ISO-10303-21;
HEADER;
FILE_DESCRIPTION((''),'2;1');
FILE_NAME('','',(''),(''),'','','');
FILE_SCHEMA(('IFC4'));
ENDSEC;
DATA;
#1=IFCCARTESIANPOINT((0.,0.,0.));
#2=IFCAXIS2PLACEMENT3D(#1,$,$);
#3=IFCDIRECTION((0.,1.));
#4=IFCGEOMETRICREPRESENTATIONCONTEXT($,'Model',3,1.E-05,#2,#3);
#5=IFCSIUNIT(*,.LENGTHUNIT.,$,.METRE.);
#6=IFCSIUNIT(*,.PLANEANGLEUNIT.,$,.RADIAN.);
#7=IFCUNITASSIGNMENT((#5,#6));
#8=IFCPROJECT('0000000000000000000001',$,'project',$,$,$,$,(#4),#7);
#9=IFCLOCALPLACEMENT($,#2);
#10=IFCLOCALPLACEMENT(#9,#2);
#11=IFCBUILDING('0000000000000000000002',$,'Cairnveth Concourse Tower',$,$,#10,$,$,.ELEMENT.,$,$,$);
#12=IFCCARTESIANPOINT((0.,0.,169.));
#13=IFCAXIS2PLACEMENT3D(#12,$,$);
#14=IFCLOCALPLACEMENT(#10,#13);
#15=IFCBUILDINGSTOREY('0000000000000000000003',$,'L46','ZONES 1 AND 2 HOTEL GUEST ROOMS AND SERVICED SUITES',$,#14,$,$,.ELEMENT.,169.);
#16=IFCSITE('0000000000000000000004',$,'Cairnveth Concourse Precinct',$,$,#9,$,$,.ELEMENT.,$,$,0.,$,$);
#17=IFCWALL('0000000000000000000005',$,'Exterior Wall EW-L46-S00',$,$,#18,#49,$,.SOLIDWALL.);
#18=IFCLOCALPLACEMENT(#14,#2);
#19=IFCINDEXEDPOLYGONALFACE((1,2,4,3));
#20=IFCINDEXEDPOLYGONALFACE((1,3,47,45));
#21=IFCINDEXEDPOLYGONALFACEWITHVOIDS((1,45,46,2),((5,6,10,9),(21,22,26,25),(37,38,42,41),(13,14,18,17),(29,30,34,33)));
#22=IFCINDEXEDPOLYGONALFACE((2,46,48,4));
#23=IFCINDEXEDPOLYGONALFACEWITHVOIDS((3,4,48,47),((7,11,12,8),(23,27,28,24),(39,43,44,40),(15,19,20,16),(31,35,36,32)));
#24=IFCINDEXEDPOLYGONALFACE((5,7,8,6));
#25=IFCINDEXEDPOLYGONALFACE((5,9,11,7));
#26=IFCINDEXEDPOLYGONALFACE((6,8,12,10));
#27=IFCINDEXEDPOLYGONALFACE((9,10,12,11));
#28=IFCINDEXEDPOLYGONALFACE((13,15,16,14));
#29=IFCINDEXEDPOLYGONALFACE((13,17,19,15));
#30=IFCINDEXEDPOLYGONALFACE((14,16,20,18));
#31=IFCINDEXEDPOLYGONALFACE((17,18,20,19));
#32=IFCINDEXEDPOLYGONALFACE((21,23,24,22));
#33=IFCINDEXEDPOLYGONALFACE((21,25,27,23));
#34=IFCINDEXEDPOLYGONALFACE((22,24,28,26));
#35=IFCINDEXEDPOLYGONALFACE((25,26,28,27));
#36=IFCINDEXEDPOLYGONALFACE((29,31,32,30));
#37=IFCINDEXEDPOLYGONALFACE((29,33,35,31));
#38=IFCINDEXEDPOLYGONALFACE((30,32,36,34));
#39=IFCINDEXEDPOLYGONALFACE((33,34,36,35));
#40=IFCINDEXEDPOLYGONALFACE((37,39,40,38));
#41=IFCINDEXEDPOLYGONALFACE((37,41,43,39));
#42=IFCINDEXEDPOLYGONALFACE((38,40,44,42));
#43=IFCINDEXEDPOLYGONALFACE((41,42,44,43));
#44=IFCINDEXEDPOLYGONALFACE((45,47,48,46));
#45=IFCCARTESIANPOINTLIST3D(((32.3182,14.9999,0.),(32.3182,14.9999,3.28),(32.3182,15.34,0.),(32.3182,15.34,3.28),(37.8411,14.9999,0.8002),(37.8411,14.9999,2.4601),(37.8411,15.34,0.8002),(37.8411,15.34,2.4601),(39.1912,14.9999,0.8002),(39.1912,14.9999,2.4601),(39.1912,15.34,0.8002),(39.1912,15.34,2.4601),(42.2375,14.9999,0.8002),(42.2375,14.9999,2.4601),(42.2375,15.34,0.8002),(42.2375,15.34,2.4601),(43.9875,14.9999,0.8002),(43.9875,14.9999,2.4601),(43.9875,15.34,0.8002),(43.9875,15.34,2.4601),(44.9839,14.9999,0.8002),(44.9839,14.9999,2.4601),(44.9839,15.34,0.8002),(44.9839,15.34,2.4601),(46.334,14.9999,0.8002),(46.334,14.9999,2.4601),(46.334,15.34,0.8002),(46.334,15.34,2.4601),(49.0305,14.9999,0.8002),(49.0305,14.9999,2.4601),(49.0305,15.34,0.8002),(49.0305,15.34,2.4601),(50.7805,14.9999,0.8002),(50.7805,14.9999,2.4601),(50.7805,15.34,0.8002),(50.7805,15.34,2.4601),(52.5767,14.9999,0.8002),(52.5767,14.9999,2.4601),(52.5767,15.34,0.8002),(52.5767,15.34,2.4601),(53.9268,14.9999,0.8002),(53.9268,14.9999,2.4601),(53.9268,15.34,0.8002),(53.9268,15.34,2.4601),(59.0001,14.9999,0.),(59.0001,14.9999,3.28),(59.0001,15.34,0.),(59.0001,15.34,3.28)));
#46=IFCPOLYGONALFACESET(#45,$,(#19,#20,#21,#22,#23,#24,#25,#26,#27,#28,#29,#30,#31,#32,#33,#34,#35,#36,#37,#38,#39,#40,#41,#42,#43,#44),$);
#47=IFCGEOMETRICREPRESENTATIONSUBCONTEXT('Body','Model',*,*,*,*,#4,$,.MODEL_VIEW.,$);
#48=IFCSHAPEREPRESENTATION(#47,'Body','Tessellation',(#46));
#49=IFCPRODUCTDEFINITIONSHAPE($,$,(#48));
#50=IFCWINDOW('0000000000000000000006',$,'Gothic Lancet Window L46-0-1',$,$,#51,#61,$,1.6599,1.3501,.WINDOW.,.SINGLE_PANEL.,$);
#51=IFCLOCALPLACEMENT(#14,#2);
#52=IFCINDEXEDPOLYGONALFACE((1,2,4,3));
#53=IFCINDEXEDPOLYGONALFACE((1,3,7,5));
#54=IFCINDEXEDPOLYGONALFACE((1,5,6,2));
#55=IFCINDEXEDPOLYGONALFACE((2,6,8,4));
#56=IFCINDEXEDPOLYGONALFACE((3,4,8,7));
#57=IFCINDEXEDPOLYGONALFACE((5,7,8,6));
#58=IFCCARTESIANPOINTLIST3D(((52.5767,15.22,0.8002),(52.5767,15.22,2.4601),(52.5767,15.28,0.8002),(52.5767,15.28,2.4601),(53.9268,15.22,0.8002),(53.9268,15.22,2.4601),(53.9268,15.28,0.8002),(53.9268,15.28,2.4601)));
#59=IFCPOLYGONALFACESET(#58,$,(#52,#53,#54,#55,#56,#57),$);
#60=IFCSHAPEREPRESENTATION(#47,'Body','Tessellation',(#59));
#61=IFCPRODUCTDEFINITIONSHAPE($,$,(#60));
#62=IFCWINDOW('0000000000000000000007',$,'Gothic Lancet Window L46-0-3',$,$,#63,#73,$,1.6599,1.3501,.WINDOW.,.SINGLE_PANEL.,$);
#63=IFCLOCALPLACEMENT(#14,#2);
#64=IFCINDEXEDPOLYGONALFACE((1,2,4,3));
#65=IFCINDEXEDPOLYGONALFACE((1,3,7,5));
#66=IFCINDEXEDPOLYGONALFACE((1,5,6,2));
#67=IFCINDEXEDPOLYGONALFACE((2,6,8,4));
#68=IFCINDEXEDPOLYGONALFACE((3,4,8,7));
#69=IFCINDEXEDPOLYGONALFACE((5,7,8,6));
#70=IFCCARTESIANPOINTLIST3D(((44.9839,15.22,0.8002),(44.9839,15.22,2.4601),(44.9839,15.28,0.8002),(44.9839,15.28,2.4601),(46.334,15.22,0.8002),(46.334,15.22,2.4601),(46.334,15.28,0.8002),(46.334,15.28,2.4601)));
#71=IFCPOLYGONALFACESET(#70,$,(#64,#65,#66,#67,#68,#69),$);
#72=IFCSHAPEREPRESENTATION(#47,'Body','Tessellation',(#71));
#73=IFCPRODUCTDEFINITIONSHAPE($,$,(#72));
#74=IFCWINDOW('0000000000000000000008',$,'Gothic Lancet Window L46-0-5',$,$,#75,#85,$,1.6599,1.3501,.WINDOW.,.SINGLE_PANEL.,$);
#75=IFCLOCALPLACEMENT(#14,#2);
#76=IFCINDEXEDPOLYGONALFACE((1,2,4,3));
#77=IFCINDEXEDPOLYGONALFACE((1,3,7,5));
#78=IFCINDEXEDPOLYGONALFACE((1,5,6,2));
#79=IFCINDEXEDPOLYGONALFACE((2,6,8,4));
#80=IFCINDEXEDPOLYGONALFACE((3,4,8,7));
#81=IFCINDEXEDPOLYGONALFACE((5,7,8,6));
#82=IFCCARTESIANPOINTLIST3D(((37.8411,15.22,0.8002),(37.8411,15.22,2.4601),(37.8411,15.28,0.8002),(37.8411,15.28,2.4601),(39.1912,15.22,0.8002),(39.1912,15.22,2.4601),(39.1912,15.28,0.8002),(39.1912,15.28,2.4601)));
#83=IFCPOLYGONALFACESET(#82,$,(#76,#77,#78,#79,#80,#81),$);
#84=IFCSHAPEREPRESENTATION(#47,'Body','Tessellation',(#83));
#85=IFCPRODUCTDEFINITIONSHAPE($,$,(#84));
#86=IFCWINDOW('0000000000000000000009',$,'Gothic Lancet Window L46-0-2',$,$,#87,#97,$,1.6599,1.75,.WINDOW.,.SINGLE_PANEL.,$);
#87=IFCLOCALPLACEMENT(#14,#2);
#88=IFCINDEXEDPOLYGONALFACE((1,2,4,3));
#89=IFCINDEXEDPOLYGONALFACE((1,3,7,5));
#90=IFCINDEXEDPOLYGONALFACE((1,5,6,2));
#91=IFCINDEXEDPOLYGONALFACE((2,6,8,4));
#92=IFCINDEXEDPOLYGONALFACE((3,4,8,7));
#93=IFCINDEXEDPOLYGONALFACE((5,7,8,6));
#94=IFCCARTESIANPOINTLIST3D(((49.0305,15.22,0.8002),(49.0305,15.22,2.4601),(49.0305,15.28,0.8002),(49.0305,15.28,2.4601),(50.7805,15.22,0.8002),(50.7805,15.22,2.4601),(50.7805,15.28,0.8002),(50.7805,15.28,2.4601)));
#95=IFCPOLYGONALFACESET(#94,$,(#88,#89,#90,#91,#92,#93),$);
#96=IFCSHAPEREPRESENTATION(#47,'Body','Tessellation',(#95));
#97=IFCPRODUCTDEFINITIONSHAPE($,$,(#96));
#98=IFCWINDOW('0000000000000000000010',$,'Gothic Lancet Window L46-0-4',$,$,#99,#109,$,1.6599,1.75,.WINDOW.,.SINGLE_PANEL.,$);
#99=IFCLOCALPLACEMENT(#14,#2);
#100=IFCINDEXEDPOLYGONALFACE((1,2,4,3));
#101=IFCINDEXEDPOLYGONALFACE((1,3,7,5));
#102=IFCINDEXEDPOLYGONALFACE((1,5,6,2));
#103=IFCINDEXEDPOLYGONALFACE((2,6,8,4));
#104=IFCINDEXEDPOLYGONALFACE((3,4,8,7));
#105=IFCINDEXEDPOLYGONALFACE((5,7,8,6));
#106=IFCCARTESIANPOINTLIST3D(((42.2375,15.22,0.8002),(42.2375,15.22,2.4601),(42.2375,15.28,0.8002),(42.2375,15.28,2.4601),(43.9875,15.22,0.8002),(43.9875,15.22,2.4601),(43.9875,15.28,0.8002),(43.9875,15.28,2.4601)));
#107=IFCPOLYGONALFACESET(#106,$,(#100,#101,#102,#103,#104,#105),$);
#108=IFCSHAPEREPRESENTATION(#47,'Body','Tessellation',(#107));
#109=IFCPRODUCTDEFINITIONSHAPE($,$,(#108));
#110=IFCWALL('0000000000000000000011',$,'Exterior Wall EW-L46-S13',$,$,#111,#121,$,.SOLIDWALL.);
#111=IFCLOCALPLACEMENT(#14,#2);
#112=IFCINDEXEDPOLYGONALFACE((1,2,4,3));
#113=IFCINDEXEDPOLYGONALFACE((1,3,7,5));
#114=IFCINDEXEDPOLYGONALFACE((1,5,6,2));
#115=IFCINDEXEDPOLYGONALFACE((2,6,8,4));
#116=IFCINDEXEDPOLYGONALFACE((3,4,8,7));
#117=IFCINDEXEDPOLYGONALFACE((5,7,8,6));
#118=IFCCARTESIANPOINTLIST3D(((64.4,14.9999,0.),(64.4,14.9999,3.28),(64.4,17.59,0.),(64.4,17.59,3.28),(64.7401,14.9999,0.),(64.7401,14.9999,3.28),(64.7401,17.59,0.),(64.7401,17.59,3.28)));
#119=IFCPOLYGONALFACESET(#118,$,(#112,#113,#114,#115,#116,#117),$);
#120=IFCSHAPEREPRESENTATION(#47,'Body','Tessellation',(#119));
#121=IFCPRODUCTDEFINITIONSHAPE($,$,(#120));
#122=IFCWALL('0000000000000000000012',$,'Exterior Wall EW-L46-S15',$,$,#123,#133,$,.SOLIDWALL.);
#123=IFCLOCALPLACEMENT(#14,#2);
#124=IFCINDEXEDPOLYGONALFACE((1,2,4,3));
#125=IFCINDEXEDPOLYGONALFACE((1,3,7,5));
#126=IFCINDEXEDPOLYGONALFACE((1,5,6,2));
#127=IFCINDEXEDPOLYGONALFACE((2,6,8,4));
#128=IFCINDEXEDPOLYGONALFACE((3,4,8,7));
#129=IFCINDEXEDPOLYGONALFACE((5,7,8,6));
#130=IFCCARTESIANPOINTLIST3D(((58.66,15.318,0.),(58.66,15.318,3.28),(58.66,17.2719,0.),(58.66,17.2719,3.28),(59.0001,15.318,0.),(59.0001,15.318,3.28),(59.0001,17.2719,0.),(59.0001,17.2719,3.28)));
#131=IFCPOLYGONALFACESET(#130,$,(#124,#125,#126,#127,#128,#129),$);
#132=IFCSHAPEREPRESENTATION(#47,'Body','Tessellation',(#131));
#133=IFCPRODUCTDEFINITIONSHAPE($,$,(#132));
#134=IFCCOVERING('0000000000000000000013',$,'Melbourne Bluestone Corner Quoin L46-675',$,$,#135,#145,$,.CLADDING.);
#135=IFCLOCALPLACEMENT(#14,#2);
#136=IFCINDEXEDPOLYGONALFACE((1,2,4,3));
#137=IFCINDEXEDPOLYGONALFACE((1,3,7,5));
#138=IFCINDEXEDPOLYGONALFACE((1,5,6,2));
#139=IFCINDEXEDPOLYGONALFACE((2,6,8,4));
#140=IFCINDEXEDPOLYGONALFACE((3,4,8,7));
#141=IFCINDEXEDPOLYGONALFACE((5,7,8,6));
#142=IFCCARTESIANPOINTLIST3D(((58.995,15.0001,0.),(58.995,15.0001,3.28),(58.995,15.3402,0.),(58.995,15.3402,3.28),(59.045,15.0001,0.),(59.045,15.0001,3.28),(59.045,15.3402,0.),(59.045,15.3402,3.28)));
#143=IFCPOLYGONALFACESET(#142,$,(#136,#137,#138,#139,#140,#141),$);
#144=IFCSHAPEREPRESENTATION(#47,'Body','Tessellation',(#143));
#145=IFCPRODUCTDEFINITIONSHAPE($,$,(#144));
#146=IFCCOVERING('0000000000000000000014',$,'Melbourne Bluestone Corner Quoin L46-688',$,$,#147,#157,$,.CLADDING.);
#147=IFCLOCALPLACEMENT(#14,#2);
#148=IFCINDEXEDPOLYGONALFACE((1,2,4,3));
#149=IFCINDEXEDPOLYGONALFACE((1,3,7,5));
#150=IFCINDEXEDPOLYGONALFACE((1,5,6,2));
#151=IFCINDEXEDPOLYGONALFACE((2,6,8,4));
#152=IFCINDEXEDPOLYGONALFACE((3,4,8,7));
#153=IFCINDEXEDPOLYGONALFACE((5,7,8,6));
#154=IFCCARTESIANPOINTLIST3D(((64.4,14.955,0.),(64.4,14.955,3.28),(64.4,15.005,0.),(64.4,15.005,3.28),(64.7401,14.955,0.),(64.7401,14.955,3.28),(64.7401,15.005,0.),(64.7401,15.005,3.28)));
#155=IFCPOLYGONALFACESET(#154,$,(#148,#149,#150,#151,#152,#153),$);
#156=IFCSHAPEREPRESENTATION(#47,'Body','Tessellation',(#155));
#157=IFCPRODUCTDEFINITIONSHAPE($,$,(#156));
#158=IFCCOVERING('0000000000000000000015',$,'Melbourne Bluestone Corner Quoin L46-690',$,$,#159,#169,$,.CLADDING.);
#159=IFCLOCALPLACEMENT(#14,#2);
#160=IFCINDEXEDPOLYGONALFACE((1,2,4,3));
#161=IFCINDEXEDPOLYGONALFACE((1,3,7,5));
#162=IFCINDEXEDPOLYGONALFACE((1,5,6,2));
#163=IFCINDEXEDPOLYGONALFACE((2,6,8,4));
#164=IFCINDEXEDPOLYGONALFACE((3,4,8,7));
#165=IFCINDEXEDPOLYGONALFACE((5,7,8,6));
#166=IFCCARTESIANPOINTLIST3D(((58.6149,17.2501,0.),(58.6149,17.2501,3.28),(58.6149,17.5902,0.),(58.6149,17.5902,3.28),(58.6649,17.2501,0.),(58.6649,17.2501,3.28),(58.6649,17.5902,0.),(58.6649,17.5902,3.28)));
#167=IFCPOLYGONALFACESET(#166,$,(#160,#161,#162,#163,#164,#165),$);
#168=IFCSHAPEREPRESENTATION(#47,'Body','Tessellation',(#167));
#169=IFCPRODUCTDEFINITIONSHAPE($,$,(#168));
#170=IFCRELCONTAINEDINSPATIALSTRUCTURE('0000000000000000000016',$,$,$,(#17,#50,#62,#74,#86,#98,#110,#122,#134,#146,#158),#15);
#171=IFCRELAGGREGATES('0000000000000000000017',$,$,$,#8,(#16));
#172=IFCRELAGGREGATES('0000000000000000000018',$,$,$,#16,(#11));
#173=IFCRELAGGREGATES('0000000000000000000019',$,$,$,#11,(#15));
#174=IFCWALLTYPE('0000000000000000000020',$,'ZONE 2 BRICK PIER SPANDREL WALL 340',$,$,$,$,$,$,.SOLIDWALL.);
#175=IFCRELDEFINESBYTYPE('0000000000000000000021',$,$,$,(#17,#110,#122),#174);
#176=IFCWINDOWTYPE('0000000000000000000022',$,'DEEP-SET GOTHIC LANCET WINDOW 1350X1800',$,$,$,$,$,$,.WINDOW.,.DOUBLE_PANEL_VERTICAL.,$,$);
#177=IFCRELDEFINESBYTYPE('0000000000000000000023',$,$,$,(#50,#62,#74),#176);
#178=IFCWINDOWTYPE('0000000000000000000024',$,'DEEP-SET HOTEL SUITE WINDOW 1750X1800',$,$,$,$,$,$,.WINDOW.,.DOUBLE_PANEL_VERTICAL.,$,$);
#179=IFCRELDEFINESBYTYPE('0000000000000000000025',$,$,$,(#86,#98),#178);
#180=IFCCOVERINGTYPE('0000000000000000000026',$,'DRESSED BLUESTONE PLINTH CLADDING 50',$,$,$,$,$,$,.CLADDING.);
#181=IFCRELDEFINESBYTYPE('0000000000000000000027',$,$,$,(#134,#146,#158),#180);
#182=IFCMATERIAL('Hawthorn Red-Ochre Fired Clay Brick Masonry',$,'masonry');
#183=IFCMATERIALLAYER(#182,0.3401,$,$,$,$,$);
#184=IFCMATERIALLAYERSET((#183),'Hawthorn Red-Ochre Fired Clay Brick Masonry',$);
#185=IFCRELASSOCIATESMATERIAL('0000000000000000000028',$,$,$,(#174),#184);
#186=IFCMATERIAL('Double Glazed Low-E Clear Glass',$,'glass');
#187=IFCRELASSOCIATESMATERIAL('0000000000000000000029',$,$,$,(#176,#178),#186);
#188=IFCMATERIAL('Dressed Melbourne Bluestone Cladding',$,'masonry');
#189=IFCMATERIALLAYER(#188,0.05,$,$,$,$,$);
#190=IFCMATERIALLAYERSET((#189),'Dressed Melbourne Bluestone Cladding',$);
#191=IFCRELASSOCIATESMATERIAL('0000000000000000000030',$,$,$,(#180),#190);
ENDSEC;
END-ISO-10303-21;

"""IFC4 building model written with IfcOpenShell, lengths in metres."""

from ifc_helpers import new_model, si_unit, direction, frame, frame_2d, origin, place, context, subcontext, project, spatial, rectangle, extrude, material, layer, layer_set, type_object, element, fill, save


model = new_model("IFC4")

# Units and contexts
model_context = context("Model", 3, precision=1e-05, world=origin(), true_north=direction((0.0, 1.0)))
body_context = subcontext(model_context, "Body", "Model", "MODEL_VIEW")
ifc_project = project(units=[si_unit("LENGTHUNIT", "METRE"), si_unit("PLANEANGLEUNIT", "RADIAN")], contexts=[model_context])

# Site, building, storey
site_placement = place(None, origin())
site = spatial("IfcSite", under=ifc_project, at=site_placement, Name="Cairnveth Concourse Precinct", CompositionType="ELEMENT", RefElevation=0.0)
building_placement = place(site_placement, origin())
building = spatial("IfcBuilding", under=site, at=building_placement, Name="Cairnveth Concourse Tower", CompositionType="ELEMENT")
storey_placement = place(building_placement, frame((0.0, 0.0, 169.0)))
storey = spatial("IfcBuildingStorey", under=building, at=storey_placement, Name="L46", Description="ZONES 1 AND 2 HOTEL GUEST ROOMS AND SERVICED SUITES", CompositionType="ELEMENT", Elevation=169.0)

# Shared definitions
ifc_material_1 = material(Name="Dressed Melbourne Bluestone Cladding", Category="masonry")

# Wall, openings, windows
ifc_material_2 = material(Name="Hawthorn Red-Ochre Fired Clay Brick Masonry", Category="masonry")
ifc_layer_1 = layer(ifc_material_2, 0.3401)
ifc_layer_set_1 = layer_set([ifc_layer_1], Name="Hawthorn Red-Ochre Fired Clay Brick Masonry")
wall_type_1 = type_object("IfcWallType", Name="ZONE 2 BRICK PIER SPANDREL WALL 340", PredefinedType="SOLIDWALL", material=ifc_layer_set_1)
wall_1_placement = place(storey_placement, frame((59.0, 15.1699, 0.0), z_axis=(0.0, 0.0, 1.0), x_axis=(-1.0, 0.0, 0.0)))
wall_1 = element("IfcWall", 1, at=wall_1_placement, inside=storey, type_object=wall_type_1, Name="Exterior Wall EW-L46-S00", PredefinedType="SOLIDWALL", context=body_context, shape_type="SweptSolid", body=[
    extrude(rectangle(XDim=26.6819, YDim=0.3401, at=frame_2d((13.3408, 0.0))), origin(), (0.0, 0.0, 1.0), 3.28),
])
opening_1_placement = place(wall_1_placement, frame((5.0732, 0.0, 0.8)))
opening_1 = element("IfcOpeningElement", 2, at=opening_1_placement, cuts=wall_1, PredefinedType="OPENING", context=body_context, shape_type="SweptSolid", body=[
    extrude(rectangle(XDim=1.3501, YDim=1.6599, at=frame_2d((0.675, 0.8301))), frame((0.0, 0.1799, 0.0), z_axis=(0.0, -1.0, 0.0), x_axis=(1.0, 0.0, 0.0)), (0.0, 0.0, 1.0), 0.3601),
])
opening_2_placement = place(wall_1_placement, frame((8.2195, 0.0, 0.8)))
opening_2 = element("IfcOpeningElement", 3, at=opening_2_placement, cuts=wall_1, PredefinedType="OPENING", context=body_context, shape_type="SweptSolid", body=[
    extrude(rectangle(XDim=1.75, YDim=1.6599, at=frame_2d((0.875, 0.8301))), frame((0.0, 0.1799, 0.0), z_axis=(0.0, -1.0, 0.0), x_axis=(1.0, 0.0, 0.0)), (0.0, 0.0, 1.0), 0.3601),
])
opening_3_placement = place(wall_1_placement, frame((12.666, 0.0, 0.8)))
opening_3 = element("IfcOpeningElement", 4, at=opening_3_placement, cuts=wall_1, PredefinedType="OPENING", context=body_context, shape_type="SweptSolid", body=[
    extrude(rectangle(XDim=1.3501, YDim=1.6599, at=frame_2d((0.675, 0.8301))), frame((0.0, 0.1799, 0.0), z_axis=(0.0, -1.0, 0.0), x_axis=(1.0, 0.0, 0.0)), (0.0, 0.0, 1.0), 0.3601),
])
opening_4_placement = place(wall_1_placement, frame((15.0125, 0.0, 0.8)))
opening_4 = element("IfcOpeningElement", 5, at=opening_4_placement, cuts=wall_1, PredefinedType="OPENING", context=body_context, shape_type="SweptSolid", body=[
    extrude(rectangle(XDim=1.75, YDim=1.6599, at=frame_2d((0.875, 0.8301))), frame((0.0, 0.1799, 0.0), z_axis=(0.0, -1.0, 0.0), x_axis=(1.0, 0.0, 0.0)), (0.0, 0.0, 1.0), 0.3601),
])
opening_5_placement = place(wall_1_placement, frame((19.8088, 0.0, 0.8)))
opening_5 = element("IfcOpeningElement", 6, at=opening_5_placement, cuts=wall_1, PredefinedType="OPENING", context=body_context, shape_type="SweptSolid", body=[
    extrude(rectangle(XDim=1.3501, YDim=1.6599, at=frame_2d((0.675, 0.8301))), frame((0.0, 0.1799, 0.0), z_axis=(0.0, -1.0, 0.0), x_axis=(1.0, 0.0, 0.0)), (0.0, 0.0, 1.0), 0.3601),
])
ifc_material_3 = material(Name="Double Glazed Low-E Clear Glass", Category="glass")
window_type_1 = type_object("IfcWindowType", Name="DEEP-SET GOTHIC LANCET WINDOW 1350X1800", PartitioningType="DOUBLE_PANEL_VERTICAL", PredefinedType="WINDOW", material=ifc_material_3)
window_1_placement = place(opening_1_placement, origin())
window_1 = element("IfcWindow", 7, at=window_1_placement, inside=storey, type_object=window_type_1, Name="Gothic Lancet Window L46-0-1", OverallHeight=1.6599, OverallWidth=1.3501, PartitioningType="SINGLE_PANEL", PredefinedType="WINDOW", context=body_context, shape_type="SweptSolid", body=[
    extrude(rectangle(XDim=1.3501, YDim=1.6599, at=frame_2d((0.675, 0.8301))), frame((0.0, -0.05, 0.0), z_axis=(0.0, -1.0, 0.0), x_axis=(1.0, 0.0, 0.0)), (0.0, 0.0, 1.0), 0.0601),
])
fill(opening_1, window_1)
window_2_placement = place(opening_3_placement, origin())
window_2 = element("IfcWindow", 8, at=window_2_placement, inside=storey, type_object=window_type_1, Name="Gothic Lancet Window L46-0-3", OverallHeight=1.6599, OverallWidth=1.3501, PartitioningType="SINGLE_PANEL", PredefinedType="WINDOW", context=body_context, shape_type="SweptSolid", body=[
    extrude(rectangle(XDim=1.3501, YDim=1.6599, at=frame_2d((0.675, 0.8301))), frame((0.0, -0.05, 0.0), z_axis=(0.0, -1.0, 0.0), x_axis=(1.0, 0.0, 0.0)), (0.0, 0.0, 1.0), 0.0601),
])
fill(opening_3, window_2)
window_3_placement = place(opening_5_placement, origin())
window_3 = element("IfcWindow", 9, at=window_3_placement, inside=storey, type_object=window_type_1, Name="Gothic Lancet Window L46-0-5", OverallHeight=1.6599, OverallWidth=1.3501, PartitioningType="SINGLE_PANEL", PredefinedType="WINDOW", context=body_context, shape_type="SweptSolid", body=[
    extrude(rectangle(XDim=1.3501, YDim=1.6599, at=frame_2d((0.675, 0.8301))), frame((0.0, -0.05, 0.0), z_axis=(0.0, -1.0, 0.0), x_axis=(1.0, 0.0, 0.0)), (0.0, 0.0, 1.0), 0.0601),
])
fill(opening_5, window_3)
window_type_2 = type_object("IfcWindowType", Name="DEEP-SET HOTEL SUITE WINDOW 1750X1800", PartitioningType="DOUBLE_PANEL_VERTICAL", PredefinedType="WINDOW", material=ifc_material_3)
window_4_placement = place(opening_2_placement, origin())
window_4 = element("IfcWindow", 10, at=window_4_placement, inside=storey, type_object=window_type_2, Name="Gothic Lancet Window L46-0-2", OverallHeight=1.6599, OverallWidth=1.75, PartitioningType="SINGLE_PANEL", PredefinedType="WINDOW", context=body_context, shape_type="SweptSolid", body=[
    extrude(rectangle(XDim=1.75, YDim=1.6599, at=frame_2d((0.875, 0.8301))), frame((0.0, -0.05, 0.0), z_axis=(0.0, -1.0, 0.0), x_axis=(1.0, 0.0, 0.0)), (0.0, 0.0, 1.0), 0.0601),
])
fill(opening_2, window_4)
window_5_placement = place(opening_4_placement, origin())
window_5 = element("IfcWindow", 11, at=window_5_placement, inside=storey, type_object=window_type_2, Name="Gothic Lancet Window L46-0-4", OverallHeight=1.6599, OverallWidth=1.75, PartitioningType="SINGLE_PANEL", PredefinedType="WINDOW", context=body_context, shape_type="SweptSolid", body=[
    extrude(rectangle(XDim=1.75, YDim=1.6599, at=frame_2d((0.875, 0.8301))), frame((0.0, -0.05, 0.0), z_axis=(0.0, -1.0, 0.0), x_axis=(1.0, 0.0, 0.0)), (0.0, 0.0, 1.0), 0.0601),
])
fill(opening_4, window_5)

# Wall
wall_2_placement = place(storey_placement, frame((64.5701, 15.0, 0.0), z_axis=(0.0, 0.0, 1.0), x_axis=(0.0, 1.0, 0.0)))
element("IfcWall", 12, at=wall_2_placement, inside=storey, type_object=wall_type_1, Name="Exterior Wall EW-L46-S13", PredefinedType="SOLIDWALL", context=body_context, shape_type="SweptSolid", body=[
    extrude(rectangle(XDim=2.5901, YDim=0.3401, at=frame_2d((1.2949, 0.0))), origin(), (0.0, 0.0, 1.0), 3.28),
])

# Wall
wall_3_placement = place(storey_placement, frame((58.8301, 17.272, 0.0), z_axis=(0.0, 0.0, 1.0), x_axis=(0.0, -1.0, 0.0)))
element("IfcWall", 13, at=wall_3_placement, inside=storey, type_object=wall_type_1, Name="Exterior Wall EW-L46-S15", PredefinedType="SOLIDWALL", context=body_context, shape_type="SweptSolid", body=[
    extrude(rectangle(XDim=1.9539, YDim=0.3401, at=frame_2d((0.9771, 0.0))), origin(), (0.0, 0.0, 1.0), 3.28),
])

# Coverings
ifc_layer_2 = layer(ifc_material_1, 0.05)
ifc_layer_set_2 = layer_set([ifc_layer_2], Name="Dressed Melbourne Bluestone Cladding")
covering_type = type_object("IfcCoveringType", Name="DRESSED BLUESTONE PLINTH CLADDING 50", PredefinedType="CLADDING", material=ifc_layer_set_2)
for number, where, z_axis, x_axis, name in (
    (14, (59.02, 15.3401, 0.0), (0.0, 0.0, 1.0), (0.0, -1.0, 0.0), "Melbourne Bluestone Corner Quoin L46-675"),
    (15, (64.74, 14.98, 0.0), (0.0, 0.0, 1.0), (-1.0, 0.0, 0.0), "Melbourne Bluestone Corner Quoin L46-688"),
    (16, (58.6399, 17.5901, 0.0), (0.0, 0.0, 1.0), (0.0, -1.0, 0.0), "Melbourne Bluestone Corner Quoin L46-690"),
):
    element("IfcCovering", number, at=place(storey_placement, frame(where, z_axis=z_axis, x_axis=x_axis)), inside=storey, type_object=covering_type, Name=name, PredefinedType="CLADDING", context=body_context, shape_type="SweptSolid", body=[
        extrude(rectangle(XDim=0.3401, YDim=0.05, at=frame_2d((0.1699, 0.0))), origin(), (0.0, 0.0, 1.0), 3.28),
    ])

save(model, "model.ifc")
